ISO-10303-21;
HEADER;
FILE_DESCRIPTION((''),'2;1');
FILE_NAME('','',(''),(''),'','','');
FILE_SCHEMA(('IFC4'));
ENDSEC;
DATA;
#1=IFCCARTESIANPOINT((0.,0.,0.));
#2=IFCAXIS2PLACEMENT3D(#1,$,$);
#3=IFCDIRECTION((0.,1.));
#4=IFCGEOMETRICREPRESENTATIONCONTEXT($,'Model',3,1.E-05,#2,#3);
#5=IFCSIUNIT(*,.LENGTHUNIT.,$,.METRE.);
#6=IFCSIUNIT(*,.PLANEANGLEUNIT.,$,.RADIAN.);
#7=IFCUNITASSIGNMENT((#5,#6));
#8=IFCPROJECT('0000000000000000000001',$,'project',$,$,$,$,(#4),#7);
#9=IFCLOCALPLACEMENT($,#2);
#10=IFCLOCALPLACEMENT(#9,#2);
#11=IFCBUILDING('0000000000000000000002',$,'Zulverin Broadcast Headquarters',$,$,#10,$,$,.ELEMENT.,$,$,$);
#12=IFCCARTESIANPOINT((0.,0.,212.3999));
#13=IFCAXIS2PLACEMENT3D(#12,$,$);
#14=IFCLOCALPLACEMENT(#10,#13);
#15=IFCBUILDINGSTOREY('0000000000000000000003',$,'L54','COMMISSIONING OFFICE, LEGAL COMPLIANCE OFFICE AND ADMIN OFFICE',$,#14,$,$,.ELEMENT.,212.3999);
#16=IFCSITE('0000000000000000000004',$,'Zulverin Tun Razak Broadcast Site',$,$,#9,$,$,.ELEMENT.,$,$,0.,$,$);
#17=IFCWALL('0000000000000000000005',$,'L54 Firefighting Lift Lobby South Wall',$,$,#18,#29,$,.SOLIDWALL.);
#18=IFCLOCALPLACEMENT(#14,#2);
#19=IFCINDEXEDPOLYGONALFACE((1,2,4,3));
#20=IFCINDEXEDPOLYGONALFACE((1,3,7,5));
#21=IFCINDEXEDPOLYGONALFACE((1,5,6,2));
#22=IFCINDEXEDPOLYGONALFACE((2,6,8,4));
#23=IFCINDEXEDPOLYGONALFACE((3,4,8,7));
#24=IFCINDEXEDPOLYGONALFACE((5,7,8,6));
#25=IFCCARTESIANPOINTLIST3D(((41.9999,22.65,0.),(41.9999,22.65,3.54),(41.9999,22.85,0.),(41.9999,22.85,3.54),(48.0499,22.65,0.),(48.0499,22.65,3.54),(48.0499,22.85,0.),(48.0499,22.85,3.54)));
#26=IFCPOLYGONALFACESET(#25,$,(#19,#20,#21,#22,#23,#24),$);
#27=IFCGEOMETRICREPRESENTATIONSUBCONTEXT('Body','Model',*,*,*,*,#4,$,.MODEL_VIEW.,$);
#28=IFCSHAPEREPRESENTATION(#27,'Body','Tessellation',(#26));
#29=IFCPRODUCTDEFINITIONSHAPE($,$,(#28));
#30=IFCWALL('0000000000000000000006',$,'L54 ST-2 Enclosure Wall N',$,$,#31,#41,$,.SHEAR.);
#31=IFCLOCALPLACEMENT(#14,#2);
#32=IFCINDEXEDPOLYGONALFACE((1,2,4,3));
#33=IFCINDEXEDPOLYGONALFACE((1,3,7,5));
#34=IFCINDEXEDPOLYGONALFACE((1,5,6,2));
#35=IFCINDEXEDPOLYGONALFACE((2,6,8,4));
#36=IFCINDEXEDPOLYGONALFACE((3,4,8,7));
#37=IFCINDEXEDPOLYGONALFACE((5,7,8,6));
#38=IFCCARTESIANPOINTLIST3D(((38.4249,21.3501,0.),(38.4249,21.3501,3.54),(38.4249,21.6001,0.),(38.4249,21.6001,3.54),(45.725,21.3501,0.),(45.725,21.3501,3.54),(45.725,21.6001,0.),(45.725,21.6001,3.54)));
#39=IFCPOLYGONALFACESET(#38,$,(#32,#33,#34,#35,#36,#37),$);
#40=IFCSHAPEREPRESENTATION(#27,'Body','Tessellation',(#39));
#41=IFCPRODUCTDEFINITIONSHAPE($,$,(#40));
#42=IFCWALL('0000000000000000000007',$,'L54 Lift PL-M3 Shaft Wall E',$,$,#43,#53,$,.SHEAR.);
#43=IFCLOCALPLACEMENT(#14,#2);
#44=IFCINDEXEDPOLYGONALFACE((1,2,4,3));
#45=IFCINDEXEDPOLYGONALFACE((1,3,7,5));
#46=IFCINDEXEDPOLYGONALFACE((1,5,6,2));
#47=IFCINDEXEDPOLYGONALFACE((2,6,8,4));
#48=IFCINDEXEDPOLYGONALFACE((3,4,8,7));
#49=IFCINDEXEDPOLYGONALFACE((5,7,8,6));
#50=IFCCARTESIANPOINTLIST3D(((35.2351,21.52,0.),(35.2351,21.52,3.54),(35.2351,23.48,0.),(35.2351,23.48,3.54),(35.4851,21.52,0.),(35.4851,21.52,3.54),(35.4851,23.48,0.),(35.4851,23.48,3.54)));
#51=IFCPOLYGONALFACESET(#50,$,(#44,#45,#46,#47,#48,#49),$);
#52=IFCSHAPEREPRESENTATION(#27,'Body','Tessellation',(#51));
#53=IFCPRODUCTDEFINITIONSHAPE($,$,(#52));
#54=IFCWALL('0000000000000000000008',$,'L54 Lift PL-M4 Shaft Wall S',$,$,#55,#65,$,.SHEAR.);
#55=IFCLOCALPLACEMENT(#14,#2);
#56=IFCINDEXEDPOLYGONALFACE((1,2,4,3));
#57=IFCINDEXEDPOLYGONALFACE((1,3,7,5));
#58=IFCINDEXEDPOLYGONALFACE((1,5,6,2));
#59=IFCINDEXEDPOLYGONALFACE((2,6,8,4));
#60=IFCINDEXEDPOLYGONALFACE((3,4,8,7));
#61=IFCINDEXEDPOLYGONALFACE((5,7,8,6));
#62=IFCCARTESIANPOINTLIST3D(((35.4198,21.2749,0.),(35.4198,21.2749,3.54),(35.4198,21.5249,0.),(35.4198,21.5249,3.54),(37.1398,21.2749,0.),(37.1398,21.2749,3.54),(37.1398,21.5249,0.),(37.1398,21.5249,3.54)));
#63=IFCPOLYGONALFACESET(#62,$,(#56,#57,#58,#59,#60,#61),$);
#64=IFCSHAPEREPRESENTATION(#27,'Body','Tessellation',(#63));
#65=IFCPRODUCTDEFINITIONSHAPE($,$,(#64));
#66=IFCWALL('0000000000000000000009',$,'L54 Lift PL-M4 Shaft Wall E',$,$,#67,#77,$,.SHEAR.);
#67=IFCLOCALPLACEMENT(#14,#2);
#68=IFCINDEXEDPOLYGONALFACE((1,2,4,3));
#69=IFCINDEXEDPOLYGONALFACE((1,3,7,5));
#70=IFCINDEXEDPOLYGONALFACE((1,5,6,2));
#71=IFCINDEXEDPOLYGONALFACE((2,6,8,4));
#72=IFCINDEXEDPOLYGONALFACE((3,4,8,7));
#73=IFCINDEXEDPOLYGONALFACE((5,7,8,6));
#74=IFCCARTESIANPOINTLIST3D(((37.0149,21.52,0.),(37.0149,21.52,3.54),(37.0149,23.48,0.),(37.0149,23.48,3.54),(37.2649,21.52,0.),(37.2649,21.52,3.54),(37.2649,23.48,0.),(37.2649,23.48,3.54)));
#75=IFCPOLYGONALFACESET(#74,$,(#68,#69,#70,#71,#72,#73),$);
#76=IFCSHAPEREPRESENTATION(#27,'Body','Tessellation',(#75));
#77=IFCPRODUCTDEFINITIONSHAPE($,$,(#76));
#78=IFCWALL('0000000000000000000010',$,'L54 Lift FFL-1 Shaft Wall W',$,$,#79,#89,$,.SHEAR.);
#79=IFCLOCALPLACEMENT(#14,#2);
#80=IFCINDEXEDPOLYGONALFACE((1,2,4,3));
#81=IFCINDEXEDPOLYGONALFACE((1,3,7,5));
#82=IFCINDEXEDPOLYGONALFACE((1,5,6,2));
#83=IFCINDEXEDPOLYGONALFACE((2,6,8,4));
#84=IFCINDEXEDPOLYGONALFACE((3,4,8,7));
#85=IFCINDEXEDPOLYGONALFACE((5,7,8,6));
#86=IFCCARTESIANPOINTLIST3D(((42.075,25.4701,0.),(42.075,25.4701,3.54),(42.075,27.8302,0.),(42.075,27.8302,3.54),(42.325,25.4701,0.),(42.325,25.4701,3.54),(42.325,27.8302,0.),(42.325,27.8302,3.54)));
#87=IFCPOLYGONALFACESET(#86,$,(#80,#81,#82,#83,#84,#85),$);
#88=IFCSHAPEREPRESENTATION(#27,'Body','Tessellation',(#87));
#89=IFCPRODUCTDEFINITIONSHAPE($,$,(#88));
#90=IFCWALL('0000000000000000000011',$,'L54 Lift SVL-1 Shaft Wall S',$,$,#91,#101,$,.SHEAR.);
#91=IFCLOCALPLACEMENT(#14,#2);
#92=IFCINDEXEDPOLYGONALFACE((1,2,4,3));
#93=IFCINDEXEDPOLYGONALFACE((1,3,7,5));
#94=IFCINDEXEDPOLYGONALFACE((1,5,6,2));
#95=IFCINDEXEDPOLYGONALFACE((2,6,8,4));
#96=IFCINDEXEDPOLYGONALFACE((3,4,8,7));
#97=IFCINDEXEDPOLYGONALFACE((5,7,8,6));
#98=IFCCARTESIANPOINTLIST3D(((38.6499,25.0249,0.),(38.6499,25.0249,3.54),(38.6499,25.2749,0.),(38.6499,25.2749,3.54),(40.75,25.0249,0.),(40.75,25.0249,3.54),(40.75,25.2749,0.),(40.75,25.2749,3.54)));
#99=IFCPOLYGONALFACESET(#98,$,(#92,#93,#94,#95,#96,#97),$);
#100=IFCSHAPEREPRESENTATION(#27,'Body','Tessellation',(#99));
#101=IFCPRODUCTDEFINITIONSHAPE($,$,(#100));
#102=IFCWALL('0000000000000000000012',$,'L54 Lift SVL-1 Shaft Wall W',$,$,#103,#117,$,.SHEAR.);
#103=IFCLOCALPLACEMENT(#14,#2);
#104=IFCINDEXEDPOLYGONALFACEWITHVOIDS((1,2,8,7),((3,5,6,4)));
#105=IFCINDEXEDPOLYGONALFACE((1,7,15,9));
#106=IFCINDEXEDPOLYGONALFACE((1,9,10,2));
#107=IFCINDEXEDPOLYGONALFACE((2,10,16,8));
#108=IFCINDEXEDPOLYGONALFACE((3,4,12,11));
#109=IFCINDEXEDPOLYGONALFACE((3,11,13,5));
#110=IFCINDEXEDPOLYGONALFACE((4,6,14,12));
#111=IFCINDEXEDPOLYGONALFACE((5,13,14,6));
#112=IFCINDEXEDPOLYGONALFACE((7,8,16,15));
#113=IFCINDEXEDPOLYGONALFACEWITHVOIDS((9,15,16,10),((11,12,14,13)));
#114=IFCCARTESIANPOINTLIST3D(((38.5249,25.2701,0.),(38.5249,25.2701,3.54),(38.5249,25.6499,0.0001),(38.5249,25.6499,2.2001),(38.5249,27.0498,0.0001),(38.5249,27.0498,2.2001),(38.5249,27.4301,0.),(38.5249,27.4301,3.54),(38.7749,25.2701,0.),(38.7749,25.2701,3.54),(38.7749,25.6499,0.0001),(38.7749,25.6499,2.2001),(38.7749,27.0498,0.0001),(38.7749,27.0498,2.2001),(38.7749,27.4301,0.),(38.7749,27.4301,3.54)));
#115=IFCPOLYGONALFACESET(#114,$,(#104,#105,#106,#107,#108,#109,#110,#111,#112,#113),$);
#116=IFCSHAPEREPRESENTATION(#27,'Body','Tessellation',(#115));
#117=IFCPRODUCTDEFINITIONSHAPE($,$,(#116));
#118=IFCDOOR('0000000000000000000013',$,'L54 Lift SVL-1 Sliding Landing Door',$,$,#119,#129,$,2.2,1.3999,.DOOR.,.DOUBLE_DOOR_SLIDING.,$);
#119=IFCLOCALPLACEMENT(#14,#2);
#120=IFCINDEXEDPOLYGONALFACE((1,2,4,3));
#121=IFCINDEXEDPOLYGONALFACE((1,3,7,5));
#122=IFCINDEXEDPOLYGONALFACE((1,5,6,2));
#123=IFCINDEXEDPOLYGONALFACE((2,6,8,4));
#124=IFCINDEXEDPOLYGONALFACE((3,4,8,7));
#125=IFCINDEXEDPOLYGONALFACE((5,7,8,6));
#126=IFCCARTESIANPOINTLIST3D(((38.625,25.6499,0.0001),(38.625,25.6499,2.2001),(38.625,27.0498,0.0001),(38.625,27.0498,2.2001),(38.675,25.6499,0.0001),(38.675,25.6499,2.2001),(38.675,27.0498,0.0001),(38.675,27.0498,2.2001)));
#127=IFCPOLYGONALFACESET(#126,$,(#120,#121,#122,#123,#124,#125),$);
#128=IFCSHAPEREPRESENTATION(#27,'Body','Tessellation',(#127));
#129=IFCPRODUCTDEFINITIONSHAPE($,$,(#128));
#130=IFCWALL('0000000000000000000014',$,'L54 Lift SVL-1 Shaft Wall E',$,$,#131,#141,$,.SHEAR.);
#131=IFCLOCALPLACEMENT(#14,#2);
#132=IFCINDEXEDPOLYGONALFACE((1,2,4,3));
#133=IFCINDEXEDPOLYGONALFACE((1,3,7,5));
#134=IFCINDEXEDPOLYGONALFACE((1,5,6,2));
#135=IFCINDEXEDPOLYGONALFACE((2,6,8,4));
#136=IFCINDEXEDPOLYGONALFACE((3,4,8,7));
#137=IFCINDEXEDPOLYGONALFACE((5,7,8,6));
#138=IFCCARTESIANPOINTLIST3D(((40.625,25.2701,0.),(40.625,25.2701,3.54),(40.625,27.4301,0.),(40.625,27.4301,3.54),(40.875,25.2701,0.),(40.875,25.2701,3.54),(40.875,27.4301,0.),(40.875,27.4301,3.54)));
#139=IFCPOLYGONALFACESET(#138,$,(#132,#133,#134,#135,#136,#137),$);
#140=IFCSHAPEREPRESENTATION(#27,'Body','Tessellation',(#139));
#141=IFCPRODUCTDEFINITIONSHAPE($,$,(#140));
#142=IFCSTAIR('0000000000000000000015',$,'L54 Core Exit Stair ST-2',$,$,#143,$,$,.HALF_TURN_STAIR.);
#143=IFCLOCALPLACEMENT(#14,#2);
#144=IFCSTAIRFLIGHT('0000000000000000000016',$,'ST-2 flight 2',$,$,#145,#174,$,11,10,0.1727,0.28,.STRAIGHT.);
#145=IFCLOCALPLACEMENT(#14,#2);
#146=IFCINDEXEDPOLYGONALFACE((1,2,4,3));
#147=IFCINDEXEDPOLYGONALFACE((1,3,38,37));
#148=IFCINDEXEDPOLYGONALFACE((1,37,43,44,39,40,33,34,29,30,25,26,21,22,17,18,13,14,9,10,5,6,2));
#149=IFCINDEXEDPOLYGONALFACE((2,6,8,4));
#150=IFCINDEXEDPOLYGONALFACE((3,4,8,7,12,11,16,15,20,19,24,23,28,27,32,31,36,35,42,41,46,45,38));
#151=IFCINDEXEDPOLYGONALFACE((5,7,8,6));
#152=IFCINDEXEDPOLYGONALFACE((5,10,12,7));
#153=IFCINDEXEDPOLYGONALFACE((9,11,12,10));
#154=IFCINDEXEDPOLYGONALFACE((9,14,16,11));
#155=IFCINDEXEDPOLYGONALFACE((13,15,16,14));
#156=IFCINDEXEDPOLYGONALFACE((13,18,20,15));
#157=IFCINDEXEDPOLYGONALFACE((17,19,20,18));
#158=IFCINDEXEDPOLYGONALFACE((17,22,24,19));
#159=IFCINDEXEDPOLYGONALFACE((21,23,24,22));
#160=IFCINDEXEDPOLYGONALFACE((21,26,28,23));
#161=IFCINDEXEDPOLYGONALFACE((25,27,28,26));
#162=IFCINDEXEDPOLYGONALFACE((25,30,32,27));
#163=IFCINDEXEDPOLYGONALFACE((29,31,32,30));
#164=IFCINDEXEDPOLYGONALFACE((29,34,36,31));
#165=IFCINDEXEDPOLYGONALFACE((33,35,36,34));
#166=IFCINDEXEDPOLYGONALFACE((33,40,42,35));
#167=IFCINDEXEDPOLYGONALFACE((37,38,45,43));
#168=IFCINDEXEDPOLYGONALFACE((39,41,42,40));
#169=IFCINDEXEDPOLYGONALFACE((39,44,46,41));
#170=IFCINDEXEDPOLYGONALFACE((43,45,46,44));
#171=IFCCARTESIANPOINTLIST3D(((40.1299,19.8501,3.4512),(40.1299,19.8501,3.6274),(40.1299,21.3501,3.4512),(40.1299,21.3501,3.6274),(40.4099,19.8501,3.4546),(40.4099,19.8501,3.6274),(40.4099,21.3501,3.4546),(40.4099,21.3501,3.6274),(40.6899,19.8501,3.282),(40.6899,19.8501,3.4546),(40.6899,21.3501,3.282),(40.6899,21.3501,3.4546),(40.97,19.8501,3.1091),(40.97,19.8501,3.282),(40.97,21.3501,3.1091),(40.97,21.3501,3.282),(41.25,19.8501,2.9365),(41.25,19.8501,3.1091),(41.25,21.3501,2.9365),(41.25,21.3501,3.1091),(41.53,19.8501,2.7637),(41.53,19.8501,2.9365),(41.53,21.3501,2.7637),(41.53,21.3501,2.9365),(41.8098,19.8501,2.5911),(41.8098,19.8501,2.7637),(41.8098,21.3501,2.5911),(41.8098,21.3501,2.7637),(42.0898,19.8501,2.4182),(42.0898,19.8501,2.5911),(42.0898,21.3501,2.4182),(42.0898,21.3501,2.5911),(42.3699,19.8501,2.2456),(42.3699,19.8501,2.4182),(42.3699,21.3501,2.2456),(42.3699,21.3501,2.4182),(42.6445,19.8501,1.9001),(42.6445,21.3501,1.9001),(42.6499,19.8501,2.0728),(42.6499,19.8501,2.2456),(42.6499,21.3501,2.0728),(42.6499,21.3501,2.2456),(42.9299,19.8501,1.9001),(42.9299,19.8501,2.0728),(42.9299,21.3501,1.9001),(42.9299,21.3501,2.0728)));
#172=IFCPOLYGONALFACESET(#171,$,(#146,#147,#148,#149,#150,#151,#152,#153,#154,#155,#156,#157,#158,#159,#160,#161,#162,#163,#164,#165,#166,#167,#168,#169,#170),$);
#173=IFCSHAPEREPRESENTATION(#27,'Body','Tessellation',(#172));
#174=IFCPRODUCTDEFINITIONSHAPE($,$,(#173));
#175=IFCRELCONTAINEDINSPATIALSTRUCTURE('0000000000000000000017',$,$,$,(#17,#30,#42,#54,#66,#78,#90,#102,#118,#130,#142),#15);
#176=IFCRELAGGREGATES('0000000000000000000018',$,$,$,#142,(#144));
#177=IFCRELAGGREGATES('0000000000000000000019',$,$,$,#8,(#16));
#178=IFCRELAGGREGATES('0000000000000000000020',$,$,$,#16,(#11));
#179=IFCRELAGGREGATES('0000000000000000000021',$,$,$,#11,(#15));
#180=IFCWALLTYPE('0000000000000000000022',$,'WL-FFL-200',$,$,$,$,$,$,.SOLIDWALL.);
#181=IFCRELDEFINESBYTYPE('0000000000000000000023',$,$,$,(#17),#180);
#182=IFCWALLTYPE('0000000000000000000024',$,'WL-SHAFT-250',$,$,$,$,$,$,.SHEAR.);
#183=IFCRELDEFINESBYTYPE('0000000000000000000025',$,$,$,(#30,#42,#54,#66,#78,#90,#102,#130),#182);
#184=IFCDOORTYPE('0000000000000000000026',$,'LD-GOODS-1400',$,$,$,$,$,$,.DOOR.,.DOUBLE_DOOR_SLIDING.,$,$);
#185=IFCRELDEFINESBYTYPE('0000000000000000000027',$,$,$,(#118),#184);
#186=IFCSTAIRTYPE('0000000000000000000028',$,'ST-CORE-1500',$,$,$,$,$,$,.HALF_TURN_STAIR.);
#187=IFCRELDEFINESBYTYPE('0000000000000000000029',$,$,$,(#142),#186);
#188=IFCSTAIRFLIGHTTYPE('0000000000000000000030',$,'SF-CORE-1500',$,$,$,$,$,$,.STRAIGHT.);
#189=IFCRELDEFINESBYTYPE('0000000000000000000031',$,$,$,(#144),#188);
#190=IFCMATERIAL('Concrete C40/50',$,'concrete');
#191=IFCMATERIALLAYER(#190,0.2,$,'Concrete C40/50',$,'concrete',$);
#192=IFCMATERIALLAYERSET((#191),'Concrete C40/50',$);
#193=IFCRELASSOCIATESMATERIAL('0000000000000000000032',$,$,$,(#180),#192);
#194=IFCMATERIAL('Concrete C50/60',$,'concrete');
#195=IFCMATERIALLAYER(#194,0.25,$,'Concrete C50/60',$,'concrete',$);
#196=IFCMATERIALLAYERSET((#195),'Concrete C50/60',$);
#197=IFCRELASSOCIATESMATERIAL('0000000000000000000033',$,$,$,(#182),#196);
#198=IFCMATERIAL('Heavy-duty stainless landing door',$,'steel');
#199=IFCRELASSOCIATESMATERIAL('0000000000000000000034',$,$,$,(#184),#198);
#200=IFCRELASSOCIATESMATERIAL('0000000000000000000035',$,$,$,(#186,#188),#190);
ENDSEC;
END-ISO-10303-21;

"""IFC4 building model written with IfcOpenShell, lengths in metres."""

from ifc_helpers import new_model, si_unit, direction, frame, frame_2d, origin, place, context, subcontext, project, spatial, polyline, rectangle, outline, extrude, material, layer, layer_set, type_object, element, fill, aggregate, save


model = new_model("IFC4")

# Units and contexts
model_context = context("Model", 3, precision=1e-05, world=origin(), true_north=direction((0.0, 1.0)))
body_context = subcontext(model_context, "Body", "Model", "MODEL_VIEW")
ifc_project = project(units=[si_unit("LENGTHUNIT", "METRE"), si_unit("PLANEANGLEUNIT", "RADIAN")], contexts=[model_context])

# Site, building, storey
site_placement = place(None, origin())
site = spatial("IfcSite", under=ifc_project, at=site_placement, Name="Zulverin Tun Razak Broadcast Site", CompositionType="ELEMENT", RefElevation=0.0)
building_placement = place(site_placement, origin())
building = spatial("IfcBuilding", under=site, at=building_placement, Name="Zulverin Broadcast Headquarters", CompositionType="ELEMENT")
storey_placement = place(building_placement, frame((0.0, 0.0, 212.3999)))
storey = spatial("IfcBuildingStorey", under=building, at=storey_placement, Name="L54", Description="COMMISSIONING OFFICE, LEGAL COMPLIANCE OFFICE AND ADMIN OFFICE", CompositionType="ELEMENT", Elevation=212.3999)

# Shared definitions
ifc_material_1 = material(Name="Concrete C40/50", Category="concrete")
ifc_layer_1 = layer(ifc_material_1, 0.2, Name="Concrete C40/50", Category="concrete")
ifc_layer_set_1 = layer_set([ifc_layer_1], Name="Concrete C40/50")
wall_type_1 = type_object("IfcWallType", Name="WL-FFL-200", PredefinedType="SOLIDWALL", material=ifc_layer_set_1)

# Walls
wall_1_placement = place(storey_placement, frame((42.0, 22.75, 0.0), z_axis=(0.0, 0.0, 1.0), x_axis=(1.0, 0.0, 0.0)))
element("IfcWall", 1, at=wall_1_placement, inside=storey, type_object=wall_type_1, Name="L54 Firefighting Lift Lobby South Wall", PredefinedType="SOLIDWALL", context=body_context, shape_type="SweptSolid", body=[
    extrude(rectangle(XDim=6.05, YDim=0.2, at=frame_2d((3.0249, 0.0))), origin(), (0.0, 0.0, 1.0), 3.54),
])
ifc_material_2 = material(Name="Concrete C50/60", Category="concrete")
ifc_layer_2 = layer(ifc_material_2, 0.25, Name="Concrete C50/60", Category="concrete")
ifc_layer_set_2 = layer_set([ifc_layer_2], Name="Concrete C50/60")
wall_type_2 = type_object("IfcWallType", Name="WL-SHAFT-250", PredefinedType="SHEAR", material=ifc_layer_set_2)
wall_2_placement = place(storey_placement, frame((38.425, 21.4751, 0.0), z_axis=(0.0, 0.0, 1.0), x_axis=(1.0, 0.0, 0.0)))
element("IfcWall", 2, at=wall_2_placement, inside=storey, type_object=wall_type_2, Name="L54 ST-2 Enclosure Wall N", PredefinedType="SHEAR", context=body_context, shape_type="SweptSolid", body=[
    extrude(rectangle(XDim=7.3, YDim=0.25, at=frame_2d((3.6499, 0.0))), origin(), (0.0, 0.0, 1.0), 3.54),
])
wall_3_placement = place(storey_placement, frame((35.3601, 21.52, 0.0), z_axis=(0.0, 0.0, 1.0), x_axis=(0.0, 1.0, 0.0)))
element("IfcWall", 3, at=wall_3_placement, inside=storey, type_object=wall_type_2, Name="L54 Lift PL-M3 Shaft Wall E", PredefinedType="SHEAR", context=body_context, shape_type="SweptSolid", body=[
    extrude(rectangle(XDim=1.96, YDim=0.25, at=frame_2d((0.98, 0.0))), origin(), (0.0, 0.0, 1.0), 3.54),
])
wall_4_placement = place(storey_placement, frame((35.4199, 21.3999, 0.0), z_axis=(0.0, 0.0, 1.0), x_axis=(1.0, 0.0, 0.0)))
element("IfcWall", 4, at=wall_4_placement, inside=storey, type_object=wall_type_2, Name="L54 Lift PL-M4 Shaft Wall S", PredefinedType="SHEAR", context=body_context, shape_type="SweptSolid", body=[
    extrude(rectangle(XDim=1.72, YDim=0.25, at=frame_2d((0.8599, 0.0))), origin(), (0.0, 0.0, 1.0), 3.54),
])

# Wall
wall_5_placement = place(storey_placement, frame((37.1399, 21.52, 0.0), z_axis=(0.0, 0.0, 1.0), x_axis=(0.0, 1.0, 0.0)))
element("IfcWall", 5, at=wall_5_placement, inside=storey, type_object=wall_type_2, Name="L54 Lift PL-M4 Shaft Wall E", PredefinedType="SHEAR", context=body_context, shape_type="SweptSolid", body=[
    extrude(rectangle(XDim=1.96, YDim=0.25, at=frame_2d((0.98, 0.0))), origin(), (0.0, 0.0, 1.0), 3.54),
])

# Wall
wall_6_placement = place(storey_placement, frame((42.2, 25.47, 0.0), z_axis=(0.0, 0.0, 1.0), x_axis=(0.0, 1.0, 0.0)))
element("IfcWall", 6, at=wall_6_placement, inside=storey, type_object=wall_type_2, Name="L54 Lift FFL-1 Shaft Wall W", PredefinedType="SHEAR", context=body_context, shape_type="SweptSolid", body=[
    extrude(rectangle(XDim=2.3601, YDim=0.25, at=frame_2d((1.1802, 0.0))), origin(), (0.0, 0.0, 1.0), 3.54),
])

# Wall
wall_7_placement = place(storey_placement, frame((38.6499, 25.1499, 0.0), z_axis=(0.0, 0.0, 1.0), x_axis=(1.0, 0.0, 0.0)))
element("IfcWall", 7, at=wall_7_placement, inside=storey, type_object=wall_type_2, Name="L54 Lift SVL-1 Shaft Wall S", PredefinedType="SHEAR", context=body_context, shape_type="SweptSolid", body=[
    extrude(rectangle(XDim=2.1001, YDim=0.25, at=frame_2d((1.05, 0.0))), origin(), (0.0, 0.0, 1.0), 3.54),
])

# Wall, opening, door
wall_8_placement = place(storey_placement, frame((38.6499, 25.27, 0.0), z_axis=(0.0, 0.0, 1.0), x_axis=(0.0, 1.0, 0.0)))
wall_8 = element("IfcWall", 8, at=wall_8_placement, inside=storey, type_object=wall_type_2, Name="L54 Lift SVL-1 Shaft Wall W", PredefinedType="SHEAR", context=body_context, shape_type="SweptSolid", body=[
    extrude(rectangle(XDim=2.1599, YDim=0.25, at=frame_2d((1.0801, 0.0))), origin(), (0.0, 0.0, 1.0), 3.54),
])
opening_1_placement = place(wall_8_placement, frame((0.3799, 0.0, 0.0)))
opening_1 = element("IfcOpeningElement", 9, at=opening_1_placement, cuts=wall_8, PredefinedType="OPENING", context=body_context, shape_type="SweptSolid", body=[
    extrude(rectangle(XDim=1.3999, YDim=2.2, at=frame_2d((0.7, 1.1001))), frame((0.0, 0.135, 0.0), z_axis=(0.0, -1.0, 0.0), x_axis=(1.0, 0.0, 0.0)), (0.0, 0.0, 1.0), 0.27),
])
ifc_material_3 = material(Name="Heavy-duty stainless landing door", Category="steel")
door_type_1 = type_object("IfcDoorType", Name="LD-GOODS-1400", OperationType="DOUBLE_DOOR_SLIDING", PredefinedType="DOOR", material=ifc_material_3)
door_1_placement = place(opening_1_placement, origin())
door_1 = element("IfcDoor", 10, at=door_1_placement, inside=storey, type_object=door_type_1, Name="L54 Lift SVL-1 Sliding Landing Door", OperationType="DOUBLE_DOOR_SLIDING", OverallHeight=2.2, OverallWidth=1.3999, PredefinedType="DOOR", context=body_context, shape_type="SweptSolid", body=[
    extrude(rectangle(XDim=1.3999, YDim=2.2, at=frame_2d((0.7, 1.1001))), frame((0.0, 0.0249, 0.0), z_axis=(0.0, -1.0, 0.0), x_axis=(1.0, 0.0, 0.0)), (0.0, 0.0, 1.0), 0.05),
])
fill(opening_1, door_1)

# Wall
wall_9_placement = place(storey_placement, frame((40.75, 25.27, 0.0), z_axis=(0.0, 0.0, 1.0), x_axis=(0.0, 1.0, 0.0)))
element("IfcWall", 11, at=wall_9_placement, inside=storey, type_object=wall_type_2, Name="L54 Lift SVL-1 Shaft Wall E", PredefinedType="SHEAR", context=body_context, shape_type="SweptSolid", body=[
    extrude(rectangle(XDim=2.1599, YDim=0.25, at=frame_2d((1.0801, 0.0))), origin(), (0.0, 0.0, 1.0), 3.54),
])

# Stair, stair flight
stair_type = type_object("IfcStairType", Name="ST-CORE-1500", PredefinedType="HALF_TURN_STAIR", material=ifc_material_1)
stair_placement = place(storey_placement, origin())
stair = element("IfcStair", 12, at=stair_placement, inside=storey, type_object=stair_type, Name="L54 Core Exit Stair ST-2", PredefinedType="HALF_TURN_STAIR")
stair_flight_type = type_object("IfcStairFlightType", Name="SF-CORE-1500", PredefinedType="STRAIGHT", material=ifc_material_1)
stair_flight_placement = place(storey_placement, frame((42.9299, 20.6001, 1.9001), z_axis=(0.0, 0.0, 1.0), x_axis=(-1.0, 0.0, 0.0)))
stair_flight = element("IfcStairFlight", 13, at=stair_flight_placement, type_object=stair_flight_type, Name="ST-2 flight 2", NumberOfRisers=11, NumberOfTreads=10, PredefinedType="STRAIGHT", RiserHeight=0.1727, TreadLength=0.28, context=body_context, shape_type="SweptSolid", body=[
    extrude(outline(polyline([(0.0, 0.0), (0.0, 0.1726), (0.28, 0.1726), (0.28, 0.3455), (0.5601, 0.3455), (0.5601, 0.5181), (0.8401, 0.5181), (0.8401, 0.6909), (1.1201, 0.6909), (1.1201, 0.8635), (1.3999, 0.8635), (1.3999, 1.0364), (1.6799, 1.0364), (1.6799, 1.209), (1.96, 1.209), (1.96, 1.3818), (2.24, 1.3818), (2.24, 1.5544), (2.52, 1.5544), (2.52, 1.7273), (2.8, 1.7273), (2.8, 1.8999), (2.8, 1.551), (0.2854, 0.0), (0.0, 0.0)])), frame((0.0, 0.75, 0.0), z_axis=(0.0, -1.0, 0.0), x_axis=(1.0, 0.0, 0.0)), (0.0, 0.0, 1.0), 1.5),
])
aggregate(stair, [stair_flight])

save(model, "model.ifc")
